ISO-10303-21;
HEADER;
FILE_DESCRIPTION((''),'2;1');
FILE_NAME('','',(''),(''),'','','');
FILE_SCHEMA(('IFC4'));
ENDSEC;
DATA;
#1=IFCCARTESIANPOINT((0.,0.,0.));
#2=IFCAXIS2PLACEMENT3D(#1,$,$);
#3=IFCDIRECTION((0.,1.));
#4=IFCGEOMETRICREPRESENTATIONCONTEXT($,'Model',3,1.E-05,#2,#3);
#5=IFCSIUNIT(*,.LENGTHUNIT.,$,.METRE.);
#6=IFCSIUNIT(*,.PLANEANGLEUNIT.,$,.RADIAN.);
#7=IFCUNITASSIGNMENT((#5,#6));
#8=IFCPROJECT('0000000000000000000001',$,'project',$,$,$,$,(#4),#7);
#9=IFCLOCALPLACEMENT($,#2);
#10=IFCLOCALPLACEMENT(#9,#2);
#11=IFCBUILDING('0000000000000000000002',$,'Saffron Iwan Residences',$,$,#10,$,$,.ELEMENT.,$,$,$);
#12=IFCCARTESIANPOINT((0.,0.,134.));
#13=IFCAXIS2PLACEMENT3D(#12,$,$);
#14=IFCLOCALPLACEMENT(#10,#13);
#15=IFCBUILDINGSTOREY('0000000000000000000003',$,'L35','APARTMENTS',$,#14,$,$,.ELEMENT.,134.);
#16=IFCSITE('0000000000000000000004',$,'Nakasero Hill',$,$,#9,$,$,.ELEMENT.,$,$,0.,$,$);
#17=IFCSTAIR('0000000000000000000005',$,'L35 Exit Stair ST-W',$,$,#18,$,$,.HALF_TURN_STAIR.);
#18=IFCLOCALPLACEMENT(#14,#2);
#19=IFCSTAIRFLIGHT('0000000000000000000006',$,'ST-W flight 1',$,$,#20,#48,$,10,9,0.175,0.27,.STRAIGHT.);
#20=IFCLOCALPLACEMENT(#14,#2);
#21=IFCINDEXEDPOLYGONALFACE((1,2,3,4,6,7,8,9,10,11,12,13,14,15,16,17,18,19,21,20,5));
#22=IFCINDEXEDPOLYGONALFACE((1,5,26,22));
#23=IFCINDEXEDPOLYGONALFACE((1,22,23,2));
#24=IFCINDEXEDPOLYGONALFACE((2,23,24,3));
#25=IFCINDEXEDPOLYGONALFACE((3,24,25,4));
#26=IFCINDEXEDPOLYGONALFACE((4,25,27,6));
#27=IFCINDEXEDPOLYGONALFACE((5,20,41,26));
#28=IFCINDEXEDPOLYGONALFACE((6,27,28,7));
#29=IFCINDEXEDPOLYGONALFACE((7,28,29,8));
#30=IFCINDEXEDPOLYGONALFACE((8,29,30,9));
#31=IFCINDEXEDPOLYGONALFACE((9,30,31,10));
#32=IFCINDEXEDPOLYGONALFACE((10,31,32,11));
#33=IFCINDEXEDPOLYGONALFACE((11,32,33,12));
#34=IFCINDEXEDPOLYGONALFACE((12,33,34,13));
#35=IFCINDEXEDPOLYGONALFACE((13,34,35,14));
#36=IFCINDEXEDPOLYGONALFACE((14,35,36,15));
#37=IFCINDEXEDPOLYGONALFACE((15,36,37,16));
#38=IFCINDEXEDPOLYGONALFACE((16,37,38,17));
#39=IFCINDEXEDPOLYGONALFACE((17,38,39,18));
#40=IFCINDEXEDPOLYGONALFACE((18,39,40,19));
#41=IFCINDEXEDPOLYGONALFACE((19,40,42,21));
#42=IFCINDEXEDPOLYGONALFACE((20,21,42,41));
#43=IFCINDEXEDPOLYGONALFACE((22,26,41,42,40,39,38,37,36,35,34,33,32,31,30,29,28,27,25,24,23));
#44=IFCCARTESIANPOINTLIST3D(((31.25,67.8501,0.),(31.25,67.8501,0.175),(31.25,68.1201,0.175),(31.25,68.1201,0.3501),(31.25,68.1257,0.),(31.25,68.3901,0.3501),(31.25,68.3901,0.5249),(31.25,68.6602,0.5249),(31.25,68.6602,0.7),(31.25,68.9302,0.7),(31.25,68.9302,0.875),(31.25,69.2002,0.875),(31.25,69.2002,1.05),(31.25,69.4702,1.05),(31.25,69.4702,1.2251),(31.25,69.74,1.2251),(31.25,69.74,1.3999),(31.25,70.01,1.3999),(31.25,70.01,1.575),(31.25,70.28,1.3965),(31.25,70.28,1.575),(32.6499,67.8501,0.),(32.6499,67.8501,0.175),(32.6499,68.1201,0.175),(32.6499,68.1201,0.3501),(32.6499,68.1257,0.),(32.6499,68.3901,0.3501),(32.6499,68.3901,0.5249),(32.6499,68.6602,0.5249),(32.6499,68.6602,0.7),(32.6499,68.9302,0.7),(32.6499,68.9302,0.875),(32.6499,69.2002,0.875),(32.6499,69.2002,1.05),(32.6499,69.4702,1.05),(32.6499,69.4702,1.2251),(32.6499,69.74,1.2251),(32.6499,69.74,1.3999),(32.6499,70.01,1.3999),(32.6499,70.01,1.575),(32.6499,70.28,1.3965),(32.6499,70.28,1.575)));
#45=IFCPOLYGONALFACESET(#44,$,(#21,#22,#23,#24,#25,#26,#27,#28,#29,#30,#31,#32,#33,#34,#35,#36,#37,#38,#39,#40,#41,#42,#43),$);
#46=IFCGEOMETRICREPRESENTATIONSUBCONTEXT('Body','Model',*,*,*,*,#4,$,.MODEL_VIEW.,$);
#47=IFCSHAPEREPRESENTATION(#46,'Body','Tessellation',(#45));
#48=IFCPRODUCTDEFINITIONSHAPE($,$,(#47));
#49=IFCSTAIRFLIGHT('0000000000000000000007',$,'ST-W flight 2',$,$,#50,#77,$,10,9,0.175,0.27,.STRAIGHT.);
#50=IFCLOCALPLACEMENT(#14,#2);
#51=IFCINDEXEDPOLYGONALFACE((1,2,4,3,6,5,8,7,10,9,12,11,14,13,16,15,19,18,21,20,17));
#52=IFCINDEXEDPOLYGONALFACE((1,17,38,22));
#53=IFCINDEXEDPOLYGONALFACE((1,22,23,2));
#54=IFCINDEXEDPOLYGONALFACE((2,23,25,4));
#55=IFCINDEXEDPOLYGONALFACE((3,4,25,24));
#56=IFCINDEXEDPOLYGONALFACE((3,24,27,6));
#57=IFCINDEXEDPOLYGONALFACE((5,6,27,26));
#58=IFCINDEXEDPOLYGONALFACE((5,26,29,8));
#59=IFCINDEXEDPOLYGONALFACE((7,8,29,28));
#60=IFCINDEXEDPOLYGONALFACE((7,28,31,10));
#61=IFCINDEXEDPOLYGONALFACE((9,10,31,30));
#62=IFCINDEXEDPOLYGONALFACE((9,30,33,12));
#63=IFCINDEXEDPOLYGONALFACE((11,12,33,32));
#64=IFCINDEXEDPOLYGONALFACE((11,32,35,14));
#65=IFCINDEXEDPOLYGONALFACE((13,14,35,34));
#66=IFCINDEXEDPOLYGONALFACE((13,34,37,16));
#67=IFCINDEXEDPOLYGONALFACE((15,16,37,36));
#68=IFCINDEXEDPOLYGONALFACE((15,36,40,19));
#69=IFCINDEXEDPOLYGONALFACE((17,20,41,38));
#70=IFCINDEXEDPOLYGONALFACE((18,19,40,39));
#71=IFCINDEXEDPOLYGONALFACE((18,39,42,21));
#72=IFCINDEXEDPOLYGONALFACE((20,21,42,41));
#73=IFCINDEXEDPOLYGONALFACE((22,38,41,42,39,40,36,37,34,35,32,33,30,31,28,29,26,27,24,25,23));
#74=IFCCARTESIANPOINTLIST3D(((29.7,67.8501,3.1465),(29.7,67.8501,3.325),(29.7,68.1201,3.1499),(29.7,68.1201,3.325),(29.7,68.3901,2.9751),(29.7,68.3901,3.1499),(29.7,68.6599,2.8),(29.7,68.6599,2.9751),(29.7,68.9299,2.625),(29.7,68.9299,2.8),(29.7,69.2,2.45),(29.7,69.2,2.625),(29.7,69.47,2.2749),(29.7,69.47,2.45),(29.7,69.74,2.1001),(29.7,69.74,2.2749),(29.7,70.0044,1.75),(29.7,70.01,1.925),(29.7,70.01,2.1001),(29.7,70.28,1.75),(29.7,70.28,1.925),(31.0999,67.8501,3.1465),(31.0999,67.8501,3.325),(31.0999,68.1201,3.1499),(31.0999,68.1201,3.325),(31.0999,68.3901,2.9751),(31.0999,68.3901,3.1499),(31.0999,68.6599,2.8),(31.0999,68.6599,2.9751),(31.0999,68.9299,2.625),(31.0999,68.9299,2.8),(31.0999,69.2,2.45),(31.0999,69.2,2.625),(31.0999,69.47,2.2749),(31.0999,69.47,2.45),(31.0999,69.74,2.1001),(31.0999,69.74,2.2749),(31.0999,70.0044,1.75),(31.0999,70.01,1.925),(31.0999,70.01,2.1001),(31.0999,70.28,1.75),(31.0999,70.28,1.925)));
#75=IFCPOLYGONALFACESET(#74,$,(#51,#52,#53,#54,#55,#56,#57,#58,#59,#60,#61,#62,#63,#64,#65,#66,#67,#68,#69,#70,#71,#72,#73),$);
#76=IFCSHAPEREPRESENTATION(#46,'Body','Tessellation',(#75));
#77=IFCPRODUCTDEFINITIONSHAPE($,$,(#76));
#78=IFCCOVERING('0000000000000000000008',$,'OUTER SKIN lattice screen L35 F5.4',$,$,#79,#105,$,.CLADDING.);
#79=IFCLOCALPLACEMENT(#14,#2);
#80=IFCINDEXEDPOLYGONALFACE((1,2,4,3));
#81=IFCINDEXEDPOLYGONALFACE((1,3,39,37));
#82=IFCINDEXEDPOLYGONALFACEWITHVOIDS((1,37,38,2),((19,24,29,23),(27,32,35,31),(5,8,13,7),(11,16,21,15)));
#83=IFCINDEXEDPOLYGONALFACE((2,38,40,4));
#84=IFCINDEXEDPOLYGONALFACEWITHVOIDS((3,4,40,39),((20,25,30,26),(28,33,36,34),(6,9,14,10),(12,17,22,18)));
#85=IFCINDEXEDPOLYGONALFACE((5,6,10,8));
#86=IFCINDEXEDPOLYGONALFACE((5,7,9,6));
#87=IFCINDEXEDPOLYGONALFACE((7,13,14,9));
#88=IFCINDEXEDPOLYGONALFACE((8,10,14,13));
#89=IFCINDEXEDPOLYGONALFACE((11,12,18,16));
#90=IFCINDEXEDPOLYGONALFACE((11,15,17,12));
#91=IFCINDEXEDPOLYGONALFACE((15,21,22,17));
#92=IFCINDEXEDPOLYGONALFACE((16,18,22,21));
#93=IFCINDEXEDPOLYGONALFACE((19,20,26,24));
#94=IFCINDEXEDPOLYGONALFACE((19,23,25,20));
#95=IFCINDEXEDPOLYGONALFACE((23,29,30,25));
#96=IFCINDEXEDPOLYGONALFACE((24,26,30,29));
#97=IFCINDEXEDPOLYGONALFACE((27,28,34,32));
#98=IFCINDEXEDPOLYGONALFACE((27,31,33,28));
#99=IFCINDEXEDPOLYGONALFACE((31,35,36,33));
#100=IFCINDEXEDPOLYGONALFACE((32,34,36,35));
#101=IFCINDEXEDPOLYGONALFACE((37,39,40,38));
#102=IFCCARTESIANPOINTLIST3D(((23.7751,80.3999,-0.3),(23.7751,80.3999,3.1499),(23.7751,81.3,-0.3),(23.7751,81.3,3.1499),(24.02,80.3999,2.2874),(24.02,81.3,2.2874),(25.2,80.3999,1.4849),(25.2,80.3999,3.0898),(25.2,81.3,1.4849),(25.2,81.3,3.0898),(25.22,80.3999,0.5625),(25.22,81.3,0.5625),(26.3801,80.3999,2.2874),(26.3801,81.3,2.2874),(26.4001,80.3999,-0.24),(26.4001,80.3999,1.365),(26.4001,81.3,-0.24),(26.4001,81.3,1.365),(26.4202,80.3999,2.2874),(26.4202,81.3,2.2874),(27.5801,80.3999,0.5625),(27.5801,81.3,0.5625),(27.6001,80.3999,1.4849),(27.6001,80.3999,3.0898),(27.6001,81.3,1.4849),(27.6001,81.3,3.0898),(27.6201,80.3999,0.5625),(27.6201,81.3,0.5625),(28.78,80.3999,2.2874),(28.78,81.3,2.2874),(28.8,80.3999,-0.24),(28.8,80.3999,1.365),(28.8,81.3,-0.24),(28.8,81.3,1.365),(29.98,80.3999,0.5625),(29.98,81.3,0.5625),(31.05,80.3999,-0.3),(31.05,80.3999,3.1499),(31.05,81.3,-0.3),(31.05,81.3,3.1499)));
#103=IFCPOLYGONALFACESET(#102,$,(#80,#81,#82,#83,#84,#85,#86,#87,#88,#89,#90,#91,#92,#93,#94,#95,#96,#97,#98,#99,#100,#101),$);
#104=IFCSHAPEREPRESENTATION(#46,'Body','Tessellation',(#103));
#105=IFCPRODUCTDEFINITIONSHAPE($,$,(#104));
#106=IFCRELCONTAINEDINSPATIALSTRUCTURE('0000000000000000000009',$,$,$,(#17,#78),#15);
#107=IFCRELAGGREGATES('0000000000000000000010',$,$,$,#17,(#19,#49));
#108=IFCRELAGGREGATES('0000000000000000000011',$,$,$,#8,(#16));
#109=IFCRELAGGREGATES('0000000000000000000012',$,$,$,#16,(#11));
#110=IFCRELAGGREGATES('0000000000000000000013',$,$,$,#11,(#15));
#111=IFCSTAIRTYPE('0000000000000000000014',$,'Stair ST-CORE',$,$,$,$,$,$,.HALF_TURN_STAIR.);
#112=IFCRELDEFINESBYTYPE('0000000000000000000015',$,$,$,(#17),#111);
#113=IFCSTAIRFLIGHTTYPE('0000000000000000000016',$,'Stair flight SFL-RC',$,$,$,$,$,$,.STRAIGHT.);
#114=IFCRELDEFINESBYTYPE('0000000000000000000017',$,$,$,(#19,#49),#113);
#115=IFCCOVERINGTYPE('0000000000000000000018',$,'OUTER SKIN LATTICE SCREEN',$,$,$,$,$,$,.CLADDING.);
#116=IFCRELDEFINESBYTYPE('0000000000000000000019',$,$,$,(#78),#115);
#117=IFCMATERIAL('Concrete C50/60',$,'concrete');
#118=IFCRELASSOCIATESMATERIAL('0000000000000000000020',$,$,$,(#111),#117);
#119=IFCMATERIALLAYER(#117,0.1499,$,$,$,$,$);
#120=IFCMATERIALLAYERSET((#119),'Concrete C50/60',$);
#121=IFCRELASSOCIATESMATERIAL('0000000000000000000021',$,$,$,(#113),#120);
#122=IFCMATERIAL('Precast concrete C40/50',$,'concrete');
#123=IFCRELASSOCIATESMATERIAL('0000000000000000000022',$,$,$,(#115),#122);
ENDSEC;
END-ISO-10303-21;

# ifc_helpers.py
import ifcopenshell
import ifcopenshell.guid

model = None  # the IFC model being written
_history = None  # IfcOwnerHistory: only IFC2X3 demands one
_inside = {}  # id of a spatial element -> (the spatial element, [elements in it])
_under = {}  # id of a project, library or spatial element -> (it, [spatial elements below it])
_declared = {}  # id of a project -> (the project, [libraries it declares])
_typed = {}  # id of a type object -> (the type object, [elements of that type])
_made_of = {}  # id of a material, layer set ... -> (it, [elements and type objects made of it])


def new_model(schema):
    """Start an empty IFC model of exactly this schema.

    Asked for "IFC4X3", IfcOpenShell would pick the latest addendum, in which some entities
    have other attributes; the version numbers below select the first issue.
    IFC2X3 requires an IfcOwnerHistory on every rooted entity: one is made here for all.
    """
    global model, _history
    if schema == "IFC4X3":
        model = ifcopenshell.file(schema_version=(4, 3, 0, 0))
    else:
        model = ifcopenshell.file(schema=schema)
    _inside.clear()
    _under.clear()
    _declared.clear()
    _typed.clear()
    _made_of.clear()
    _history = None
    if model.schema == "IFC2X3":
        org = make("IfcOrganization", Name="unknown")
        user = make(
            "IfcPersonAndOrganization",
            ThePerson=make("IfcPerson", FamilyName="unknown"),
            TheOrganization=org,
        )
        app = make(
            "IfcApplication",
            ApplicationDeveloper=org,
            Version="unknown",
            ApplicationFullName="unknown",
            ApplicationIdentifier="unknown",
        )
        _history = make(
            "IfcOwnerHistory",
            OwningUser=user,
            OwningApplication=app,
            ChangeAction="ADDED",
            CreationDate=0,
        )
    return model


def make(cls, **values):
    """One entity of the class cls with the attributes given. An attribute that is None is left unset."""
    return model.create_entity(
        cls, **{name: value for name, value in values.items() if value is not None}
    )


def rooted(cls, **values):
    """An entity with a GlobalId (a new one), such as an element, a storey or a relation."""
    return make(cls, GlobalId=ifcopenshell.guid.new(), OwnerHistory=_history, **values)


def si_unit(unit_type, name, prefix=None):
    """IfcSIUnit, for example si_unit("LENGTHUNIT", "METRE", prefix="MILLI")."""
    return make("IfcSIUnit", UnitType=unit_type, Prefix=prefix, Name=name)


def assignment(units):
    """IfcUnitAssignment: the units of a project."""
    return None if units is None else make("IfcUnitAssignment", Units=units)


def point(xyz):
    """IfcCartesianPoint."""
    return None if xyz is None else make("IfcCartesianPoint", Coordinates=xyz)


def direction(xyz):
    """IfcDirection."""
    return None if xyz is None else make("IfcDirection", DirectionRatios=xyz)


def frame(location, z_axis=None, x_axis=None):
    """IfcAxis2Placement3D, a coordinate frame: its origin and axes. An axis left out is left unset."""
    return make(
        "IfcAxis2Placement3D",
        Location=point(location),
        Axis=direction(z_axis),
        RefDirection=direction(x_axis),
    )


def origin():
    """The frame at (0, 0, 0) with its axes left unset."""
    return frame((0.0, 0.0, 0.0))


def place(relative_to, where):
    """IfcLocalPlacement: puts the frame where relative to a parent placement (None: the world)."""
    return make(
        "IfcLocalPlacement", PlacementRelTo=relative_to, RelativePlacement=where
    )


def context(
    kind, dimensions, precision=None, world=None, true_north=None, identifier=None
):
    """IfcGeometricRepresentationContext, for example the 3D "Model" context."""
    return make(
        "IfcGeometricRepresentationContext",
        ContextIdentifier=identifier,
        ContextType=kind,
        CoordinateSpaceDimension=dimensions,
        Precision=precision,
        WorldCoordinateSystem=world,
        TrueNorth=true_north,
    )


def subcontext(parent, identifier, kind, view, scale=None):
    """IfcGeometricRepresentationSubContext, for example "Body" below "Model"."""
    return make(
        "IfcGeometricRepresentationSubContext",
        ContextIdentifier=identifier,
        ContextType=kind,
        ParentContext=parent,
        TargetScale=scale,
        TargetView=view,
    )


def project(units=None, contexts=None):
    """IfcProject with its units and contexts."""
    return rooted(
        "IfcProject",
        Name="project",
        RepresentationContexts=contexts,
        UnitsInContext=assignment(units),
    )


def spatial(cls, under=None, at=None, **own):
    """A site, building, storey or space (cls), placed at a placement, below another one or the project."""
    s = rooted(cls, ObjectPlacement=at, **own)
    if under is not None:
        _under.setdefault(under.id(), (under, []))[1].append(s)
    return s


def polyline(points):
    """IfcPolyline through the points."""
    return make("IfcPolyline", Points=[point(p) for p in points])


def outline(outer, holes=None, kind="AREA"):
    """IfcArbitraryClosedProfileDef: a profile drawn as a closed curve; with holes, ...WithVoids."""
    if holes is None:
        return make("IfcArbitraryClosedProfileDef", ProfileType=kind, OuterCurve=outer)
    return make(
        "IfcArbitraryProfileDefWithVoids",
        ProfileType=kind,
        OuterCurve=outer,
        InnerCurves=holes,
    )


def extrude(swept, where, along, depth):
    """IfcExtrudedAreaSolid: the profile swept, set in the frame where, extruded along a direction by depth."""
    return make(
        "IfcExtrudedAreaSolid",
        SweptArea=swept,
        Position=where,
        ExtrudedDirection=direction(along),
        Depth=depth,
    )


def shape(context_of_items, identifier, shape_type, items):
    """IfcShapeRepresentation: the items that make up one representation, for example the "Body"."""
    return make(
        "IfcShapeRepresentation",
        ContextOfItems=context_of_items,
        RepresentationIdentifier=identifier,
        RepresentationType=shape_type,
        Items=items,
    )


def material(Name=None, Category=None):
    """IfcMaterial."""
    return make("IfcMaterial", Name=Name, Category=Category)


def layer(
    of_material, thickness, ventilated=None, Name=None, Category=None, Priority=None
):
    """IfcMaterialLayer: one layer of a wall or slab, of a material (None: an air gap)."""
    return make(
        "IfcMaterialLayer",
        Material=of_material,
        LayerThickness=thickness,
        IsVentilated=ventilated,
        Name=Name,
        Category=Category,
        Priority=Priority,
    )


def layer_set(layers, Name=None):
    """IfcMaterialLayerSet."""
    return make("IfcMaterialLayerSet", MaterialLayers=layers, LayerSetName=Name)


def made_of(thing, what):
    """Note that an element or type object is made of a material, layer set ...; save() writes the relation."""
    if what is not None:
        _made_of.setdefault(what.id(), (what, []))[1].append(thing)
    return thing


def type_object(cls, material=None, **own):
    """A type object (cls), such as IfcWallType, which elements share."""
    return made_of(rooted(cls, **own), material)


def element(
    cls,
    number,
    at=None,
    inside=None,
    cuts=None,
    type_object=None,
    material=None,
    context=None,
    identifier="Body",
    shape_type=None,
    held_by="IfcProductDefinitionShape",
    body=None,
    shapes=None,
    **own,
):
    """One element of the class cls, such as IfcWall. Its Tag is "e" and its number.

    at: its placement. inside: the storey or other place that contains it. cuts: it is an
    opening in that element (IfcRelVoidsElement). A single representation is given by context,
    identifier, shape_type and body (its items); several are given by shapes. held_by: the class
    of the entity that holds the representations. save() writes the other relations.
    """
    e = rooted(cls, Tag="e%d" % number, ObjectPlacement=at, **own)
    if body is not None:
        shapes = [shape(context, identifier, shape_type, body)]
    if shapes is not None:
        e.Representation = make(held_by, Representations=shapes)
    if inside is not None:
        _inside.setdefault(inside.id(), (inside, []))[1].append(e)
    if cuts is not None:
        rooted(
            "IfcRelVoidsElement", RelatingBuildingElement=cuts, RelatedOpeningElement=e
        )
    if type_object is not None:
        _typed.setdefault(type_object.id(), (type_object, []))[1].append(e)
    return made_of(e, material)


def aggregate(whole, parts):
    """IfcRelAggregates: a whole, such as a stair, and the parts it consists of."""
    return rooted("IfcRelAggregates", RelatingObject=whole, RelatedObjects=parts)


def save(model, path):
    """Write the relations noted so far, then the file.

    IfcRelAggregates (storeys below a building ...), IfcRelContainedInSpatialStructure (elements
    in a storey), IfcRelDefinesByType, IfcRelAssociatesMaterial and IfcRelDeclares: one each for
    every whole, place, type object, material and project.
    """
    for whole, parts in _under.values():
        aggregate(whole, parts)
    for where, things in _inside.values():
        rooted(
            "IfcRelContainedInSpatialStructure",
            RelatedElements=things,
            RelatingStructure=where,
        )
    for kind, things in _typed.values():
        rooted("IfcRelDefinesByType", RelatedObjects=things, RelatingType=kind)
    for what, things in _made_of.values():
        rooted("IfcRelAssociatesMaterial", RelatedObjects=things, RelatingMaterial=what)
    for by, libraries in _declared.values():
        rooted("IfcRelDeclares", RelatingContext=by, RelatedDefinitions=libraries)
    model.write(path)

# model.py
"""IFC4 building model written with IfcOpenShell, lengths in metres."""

from ifc_helpers import new_model, si_unit, direction, frame, origin, place, context, subcontext, project, spatial, polyline, outline, extrude, material, layer, layer_set, type_object, element, aggregate, save


model = new_model("IFC4")

# Units and contexts
model_context = context("Model", 3, precision=1e-05, world=origin(), true_north=direction((0.0, 1.0)))
body_context = subcontext(model_context, "Body", "Model", "MODEL_VIEW")
ifc_project = project(units=[si_unit("LENGTHUNIT", "METRE"), si_unit("PLANEANGLEUNIT", "RADIAN")], contexts=[model_context])

# Site, building, storey
site_placement = place(None, origin())
site = spatial("IfcSite", under=ifc_project, at=site_placement, Name="Nakasero Hill", CompositionType="ELEMENT", RefElevation=0.0)
building_placement = place(site_placement, origin())
building = spatial("IfcBuilding", under=site, at=building_placement, Name="Saffron Iwan Residences", CompositionType="ELEMENT")
storey_placement = place(building_placement, frame((0.0, 0.0, 134.0)))
storey = spatial("IfcBuildingStorey", under=building, at=storey_placement, Name="L35", Description="APARTMENTS", CompositionType="ELEMENT", Elevation=134.0)

# Shared definitions
ifc_material_1 = material(Name="Concrete C50/60", Category="concrete")

# Stair, stair flights
stair_type = type_object("IfcStairType", Name="Stair ST-CORE", PredefinedType="HALF_TURN_STAIR", material=ifc_material_1)
stair_placement = place(storey_placement, origin())
stair = element("IfcStair", 1, at=stair_placement, inside=storey, type_object=stair_type, Name="L35 Exit Stair ST-W", PredefinedType="HALF_TURN_STAIR")
ifc_layer_1 = layer(ifc_material_1, 0.1499)
ifc_layer_set_1 = layer_set([ifc_layer_1], Name="Concrete C50/60")
stair_flight_type = type_object("IfcStairFlightType", Name="Stair flight SFL-RC", PredefinedType="STRAIGHT", material=ifc_layer_set_1)
stair_flight_1_placement = place(storey_placement, frame((31.95, 67.8501, 0.0), z_axis=(0.0, 0.0, 1.0), x_axis=(0.0, 1.0, 0.0)))
stair_flight_1 = element("IfcStairFlight", 2, at=stair_flight_1_placement, type_object=stair_flight_type, Name="ST-W flight 1", NumberOfRisers=10, NumberOfTreads=9, PredefinedType="STRAIGHT", RiserHeight=0.175, TreadLength=0.27, context=body_context, shape_type="SweptSolid", body=[
    extrude(outline(polyline([(0.0, 0.0), (0.0, 0.175), (0.27, 0.175), (0.27, 0.3501), (0.54, 0.3501), (0.54, 0.5249), (0.8101, 0.5249), (0.8101, 0.7), (1.0801, 0.7), (1.0801, 0.875), (1.3501, 0.875), (1.3501, 1.05), (1.6201, 1.05), (1.6201, 1.2251), (1.8899, 1.2251), (1.8899, 1.3999), (2.1599, 1.3999), (2.1599, 1.575), (2.4299, 1.575), (2.4299, 1.75), (2.4299, 1.3965), (0.2756, 0.0), (0.0, 0.0)])), frame((0.0, 0.7, 0.0), z_axis=(0.0, -1.0, 0.0), x_axis=(1.0, 0.0, 0.0)), (0.0, 0.0, 1.0), 1.3999),
])
stair_flight_2_placement = place(storey_placement, frame((30.3999, 70.28, 1.75), z_axis=(0.0, 0.0, 1.0), x_axis=(0.0, -1.0, 0.0)))
stair_flight_2 = element("IfcStairFlight", 3, at=stair_flight_2_placement, type_object=stair_flight_type, Name="ST-W flight 2", NumberOfRisers=10, NumberOfTreads=9, PredefinedType="STRAIGHT", RiserHeight=0.175, TreadLength=0.27, context=body_context, shape_type="SweptSolid", body=[
    extrude(outline(polyline([(0.0, 0.0), (0.0, 0.175), (0.27, 0.175), (0.27, 0.3501), (0.54, 0.3501), (0.54, 0.5249), (0.8101, 0.5249), (0.8101, 0.7), (1.0801, 0.7), (1.0801, 0.875), (1.3501, 0.875), (1.3501, 1.05), (1.6201, 1.05), (1.6201, 1.2251), (1.8899, 1.2251), (1.8899, 1.3999), (2.1599, 1.3999), (2.1599, 1.575), (2.4299, 1.575), (2.4299, 1.75), (2.4299, 1.3965), (0.2756, 0.0), (0.0, 0.0)])), frame((0.0, 0.7, 0.0), z_axis=(0.0, -1.0, 0.0), x_axis=(1.0, 0.0, 0.0)), (0.0, 0.0, 1.0), 1.3999),
])
aggregate(stair, [stair_flight_1, stair_flight_2])

# Covering
ifc_material_2 = material(Name="Precast concrete C40/50", Category="concrete")
covering_type_1 = type_object("IfcCoveringType", Name="OUTER SKIN LATTICE SCREEN", PredefinedType="CLADDING", material=ifc_material_2)
covering_1_placement = place(storey_placement, frame((31.05, 80.3999, -0.3), z_axis=(0.0, 1.0, 0.0), x_axis=(-1.0, 0.0, 0.0)))
element("IfcCovering", 4, at=covering_1_placement, inside=storey, type_object=covering_type_1, Name="OUTER SKIN lattice screen L35 F5.4", PredefinedType="CLADDING", context=body_context, shape_type="SweptSolid", body=[
    extrude(outline(polyline([(0.0, 0.0), (7.2749, 0.0), (7.2749, 3.45), (0.0, 3.45), (0.0, 0.0)]), holes=[polyline([(1.0701, 0.8625), (2.25, 0.0601), (3.4299, 0.8625), (2.25, 1.665), (1.0701, 0.8625)]), polyline([(3.47, 0.8625), (4.6499, 0.0601), (5.8301, 0.8625), (4.6499, 1.665), (3.47, 0.8625)]), polyline([(2.27, 2.5874), (3.45, 1.7849), (4.6299, 2.5874), (3.45, 3.3899), (2.27, 2.5874)]), polyline([(4.6699, 2.5874), (5.8501, 1.7849), (7.03, 2.5874), (5.8501, 3.3899), (4.6699, 2.5874)])]), origin(), (0.0, 0.0, 1.0), 0.9001),
])

save(model, "model.ifc")
